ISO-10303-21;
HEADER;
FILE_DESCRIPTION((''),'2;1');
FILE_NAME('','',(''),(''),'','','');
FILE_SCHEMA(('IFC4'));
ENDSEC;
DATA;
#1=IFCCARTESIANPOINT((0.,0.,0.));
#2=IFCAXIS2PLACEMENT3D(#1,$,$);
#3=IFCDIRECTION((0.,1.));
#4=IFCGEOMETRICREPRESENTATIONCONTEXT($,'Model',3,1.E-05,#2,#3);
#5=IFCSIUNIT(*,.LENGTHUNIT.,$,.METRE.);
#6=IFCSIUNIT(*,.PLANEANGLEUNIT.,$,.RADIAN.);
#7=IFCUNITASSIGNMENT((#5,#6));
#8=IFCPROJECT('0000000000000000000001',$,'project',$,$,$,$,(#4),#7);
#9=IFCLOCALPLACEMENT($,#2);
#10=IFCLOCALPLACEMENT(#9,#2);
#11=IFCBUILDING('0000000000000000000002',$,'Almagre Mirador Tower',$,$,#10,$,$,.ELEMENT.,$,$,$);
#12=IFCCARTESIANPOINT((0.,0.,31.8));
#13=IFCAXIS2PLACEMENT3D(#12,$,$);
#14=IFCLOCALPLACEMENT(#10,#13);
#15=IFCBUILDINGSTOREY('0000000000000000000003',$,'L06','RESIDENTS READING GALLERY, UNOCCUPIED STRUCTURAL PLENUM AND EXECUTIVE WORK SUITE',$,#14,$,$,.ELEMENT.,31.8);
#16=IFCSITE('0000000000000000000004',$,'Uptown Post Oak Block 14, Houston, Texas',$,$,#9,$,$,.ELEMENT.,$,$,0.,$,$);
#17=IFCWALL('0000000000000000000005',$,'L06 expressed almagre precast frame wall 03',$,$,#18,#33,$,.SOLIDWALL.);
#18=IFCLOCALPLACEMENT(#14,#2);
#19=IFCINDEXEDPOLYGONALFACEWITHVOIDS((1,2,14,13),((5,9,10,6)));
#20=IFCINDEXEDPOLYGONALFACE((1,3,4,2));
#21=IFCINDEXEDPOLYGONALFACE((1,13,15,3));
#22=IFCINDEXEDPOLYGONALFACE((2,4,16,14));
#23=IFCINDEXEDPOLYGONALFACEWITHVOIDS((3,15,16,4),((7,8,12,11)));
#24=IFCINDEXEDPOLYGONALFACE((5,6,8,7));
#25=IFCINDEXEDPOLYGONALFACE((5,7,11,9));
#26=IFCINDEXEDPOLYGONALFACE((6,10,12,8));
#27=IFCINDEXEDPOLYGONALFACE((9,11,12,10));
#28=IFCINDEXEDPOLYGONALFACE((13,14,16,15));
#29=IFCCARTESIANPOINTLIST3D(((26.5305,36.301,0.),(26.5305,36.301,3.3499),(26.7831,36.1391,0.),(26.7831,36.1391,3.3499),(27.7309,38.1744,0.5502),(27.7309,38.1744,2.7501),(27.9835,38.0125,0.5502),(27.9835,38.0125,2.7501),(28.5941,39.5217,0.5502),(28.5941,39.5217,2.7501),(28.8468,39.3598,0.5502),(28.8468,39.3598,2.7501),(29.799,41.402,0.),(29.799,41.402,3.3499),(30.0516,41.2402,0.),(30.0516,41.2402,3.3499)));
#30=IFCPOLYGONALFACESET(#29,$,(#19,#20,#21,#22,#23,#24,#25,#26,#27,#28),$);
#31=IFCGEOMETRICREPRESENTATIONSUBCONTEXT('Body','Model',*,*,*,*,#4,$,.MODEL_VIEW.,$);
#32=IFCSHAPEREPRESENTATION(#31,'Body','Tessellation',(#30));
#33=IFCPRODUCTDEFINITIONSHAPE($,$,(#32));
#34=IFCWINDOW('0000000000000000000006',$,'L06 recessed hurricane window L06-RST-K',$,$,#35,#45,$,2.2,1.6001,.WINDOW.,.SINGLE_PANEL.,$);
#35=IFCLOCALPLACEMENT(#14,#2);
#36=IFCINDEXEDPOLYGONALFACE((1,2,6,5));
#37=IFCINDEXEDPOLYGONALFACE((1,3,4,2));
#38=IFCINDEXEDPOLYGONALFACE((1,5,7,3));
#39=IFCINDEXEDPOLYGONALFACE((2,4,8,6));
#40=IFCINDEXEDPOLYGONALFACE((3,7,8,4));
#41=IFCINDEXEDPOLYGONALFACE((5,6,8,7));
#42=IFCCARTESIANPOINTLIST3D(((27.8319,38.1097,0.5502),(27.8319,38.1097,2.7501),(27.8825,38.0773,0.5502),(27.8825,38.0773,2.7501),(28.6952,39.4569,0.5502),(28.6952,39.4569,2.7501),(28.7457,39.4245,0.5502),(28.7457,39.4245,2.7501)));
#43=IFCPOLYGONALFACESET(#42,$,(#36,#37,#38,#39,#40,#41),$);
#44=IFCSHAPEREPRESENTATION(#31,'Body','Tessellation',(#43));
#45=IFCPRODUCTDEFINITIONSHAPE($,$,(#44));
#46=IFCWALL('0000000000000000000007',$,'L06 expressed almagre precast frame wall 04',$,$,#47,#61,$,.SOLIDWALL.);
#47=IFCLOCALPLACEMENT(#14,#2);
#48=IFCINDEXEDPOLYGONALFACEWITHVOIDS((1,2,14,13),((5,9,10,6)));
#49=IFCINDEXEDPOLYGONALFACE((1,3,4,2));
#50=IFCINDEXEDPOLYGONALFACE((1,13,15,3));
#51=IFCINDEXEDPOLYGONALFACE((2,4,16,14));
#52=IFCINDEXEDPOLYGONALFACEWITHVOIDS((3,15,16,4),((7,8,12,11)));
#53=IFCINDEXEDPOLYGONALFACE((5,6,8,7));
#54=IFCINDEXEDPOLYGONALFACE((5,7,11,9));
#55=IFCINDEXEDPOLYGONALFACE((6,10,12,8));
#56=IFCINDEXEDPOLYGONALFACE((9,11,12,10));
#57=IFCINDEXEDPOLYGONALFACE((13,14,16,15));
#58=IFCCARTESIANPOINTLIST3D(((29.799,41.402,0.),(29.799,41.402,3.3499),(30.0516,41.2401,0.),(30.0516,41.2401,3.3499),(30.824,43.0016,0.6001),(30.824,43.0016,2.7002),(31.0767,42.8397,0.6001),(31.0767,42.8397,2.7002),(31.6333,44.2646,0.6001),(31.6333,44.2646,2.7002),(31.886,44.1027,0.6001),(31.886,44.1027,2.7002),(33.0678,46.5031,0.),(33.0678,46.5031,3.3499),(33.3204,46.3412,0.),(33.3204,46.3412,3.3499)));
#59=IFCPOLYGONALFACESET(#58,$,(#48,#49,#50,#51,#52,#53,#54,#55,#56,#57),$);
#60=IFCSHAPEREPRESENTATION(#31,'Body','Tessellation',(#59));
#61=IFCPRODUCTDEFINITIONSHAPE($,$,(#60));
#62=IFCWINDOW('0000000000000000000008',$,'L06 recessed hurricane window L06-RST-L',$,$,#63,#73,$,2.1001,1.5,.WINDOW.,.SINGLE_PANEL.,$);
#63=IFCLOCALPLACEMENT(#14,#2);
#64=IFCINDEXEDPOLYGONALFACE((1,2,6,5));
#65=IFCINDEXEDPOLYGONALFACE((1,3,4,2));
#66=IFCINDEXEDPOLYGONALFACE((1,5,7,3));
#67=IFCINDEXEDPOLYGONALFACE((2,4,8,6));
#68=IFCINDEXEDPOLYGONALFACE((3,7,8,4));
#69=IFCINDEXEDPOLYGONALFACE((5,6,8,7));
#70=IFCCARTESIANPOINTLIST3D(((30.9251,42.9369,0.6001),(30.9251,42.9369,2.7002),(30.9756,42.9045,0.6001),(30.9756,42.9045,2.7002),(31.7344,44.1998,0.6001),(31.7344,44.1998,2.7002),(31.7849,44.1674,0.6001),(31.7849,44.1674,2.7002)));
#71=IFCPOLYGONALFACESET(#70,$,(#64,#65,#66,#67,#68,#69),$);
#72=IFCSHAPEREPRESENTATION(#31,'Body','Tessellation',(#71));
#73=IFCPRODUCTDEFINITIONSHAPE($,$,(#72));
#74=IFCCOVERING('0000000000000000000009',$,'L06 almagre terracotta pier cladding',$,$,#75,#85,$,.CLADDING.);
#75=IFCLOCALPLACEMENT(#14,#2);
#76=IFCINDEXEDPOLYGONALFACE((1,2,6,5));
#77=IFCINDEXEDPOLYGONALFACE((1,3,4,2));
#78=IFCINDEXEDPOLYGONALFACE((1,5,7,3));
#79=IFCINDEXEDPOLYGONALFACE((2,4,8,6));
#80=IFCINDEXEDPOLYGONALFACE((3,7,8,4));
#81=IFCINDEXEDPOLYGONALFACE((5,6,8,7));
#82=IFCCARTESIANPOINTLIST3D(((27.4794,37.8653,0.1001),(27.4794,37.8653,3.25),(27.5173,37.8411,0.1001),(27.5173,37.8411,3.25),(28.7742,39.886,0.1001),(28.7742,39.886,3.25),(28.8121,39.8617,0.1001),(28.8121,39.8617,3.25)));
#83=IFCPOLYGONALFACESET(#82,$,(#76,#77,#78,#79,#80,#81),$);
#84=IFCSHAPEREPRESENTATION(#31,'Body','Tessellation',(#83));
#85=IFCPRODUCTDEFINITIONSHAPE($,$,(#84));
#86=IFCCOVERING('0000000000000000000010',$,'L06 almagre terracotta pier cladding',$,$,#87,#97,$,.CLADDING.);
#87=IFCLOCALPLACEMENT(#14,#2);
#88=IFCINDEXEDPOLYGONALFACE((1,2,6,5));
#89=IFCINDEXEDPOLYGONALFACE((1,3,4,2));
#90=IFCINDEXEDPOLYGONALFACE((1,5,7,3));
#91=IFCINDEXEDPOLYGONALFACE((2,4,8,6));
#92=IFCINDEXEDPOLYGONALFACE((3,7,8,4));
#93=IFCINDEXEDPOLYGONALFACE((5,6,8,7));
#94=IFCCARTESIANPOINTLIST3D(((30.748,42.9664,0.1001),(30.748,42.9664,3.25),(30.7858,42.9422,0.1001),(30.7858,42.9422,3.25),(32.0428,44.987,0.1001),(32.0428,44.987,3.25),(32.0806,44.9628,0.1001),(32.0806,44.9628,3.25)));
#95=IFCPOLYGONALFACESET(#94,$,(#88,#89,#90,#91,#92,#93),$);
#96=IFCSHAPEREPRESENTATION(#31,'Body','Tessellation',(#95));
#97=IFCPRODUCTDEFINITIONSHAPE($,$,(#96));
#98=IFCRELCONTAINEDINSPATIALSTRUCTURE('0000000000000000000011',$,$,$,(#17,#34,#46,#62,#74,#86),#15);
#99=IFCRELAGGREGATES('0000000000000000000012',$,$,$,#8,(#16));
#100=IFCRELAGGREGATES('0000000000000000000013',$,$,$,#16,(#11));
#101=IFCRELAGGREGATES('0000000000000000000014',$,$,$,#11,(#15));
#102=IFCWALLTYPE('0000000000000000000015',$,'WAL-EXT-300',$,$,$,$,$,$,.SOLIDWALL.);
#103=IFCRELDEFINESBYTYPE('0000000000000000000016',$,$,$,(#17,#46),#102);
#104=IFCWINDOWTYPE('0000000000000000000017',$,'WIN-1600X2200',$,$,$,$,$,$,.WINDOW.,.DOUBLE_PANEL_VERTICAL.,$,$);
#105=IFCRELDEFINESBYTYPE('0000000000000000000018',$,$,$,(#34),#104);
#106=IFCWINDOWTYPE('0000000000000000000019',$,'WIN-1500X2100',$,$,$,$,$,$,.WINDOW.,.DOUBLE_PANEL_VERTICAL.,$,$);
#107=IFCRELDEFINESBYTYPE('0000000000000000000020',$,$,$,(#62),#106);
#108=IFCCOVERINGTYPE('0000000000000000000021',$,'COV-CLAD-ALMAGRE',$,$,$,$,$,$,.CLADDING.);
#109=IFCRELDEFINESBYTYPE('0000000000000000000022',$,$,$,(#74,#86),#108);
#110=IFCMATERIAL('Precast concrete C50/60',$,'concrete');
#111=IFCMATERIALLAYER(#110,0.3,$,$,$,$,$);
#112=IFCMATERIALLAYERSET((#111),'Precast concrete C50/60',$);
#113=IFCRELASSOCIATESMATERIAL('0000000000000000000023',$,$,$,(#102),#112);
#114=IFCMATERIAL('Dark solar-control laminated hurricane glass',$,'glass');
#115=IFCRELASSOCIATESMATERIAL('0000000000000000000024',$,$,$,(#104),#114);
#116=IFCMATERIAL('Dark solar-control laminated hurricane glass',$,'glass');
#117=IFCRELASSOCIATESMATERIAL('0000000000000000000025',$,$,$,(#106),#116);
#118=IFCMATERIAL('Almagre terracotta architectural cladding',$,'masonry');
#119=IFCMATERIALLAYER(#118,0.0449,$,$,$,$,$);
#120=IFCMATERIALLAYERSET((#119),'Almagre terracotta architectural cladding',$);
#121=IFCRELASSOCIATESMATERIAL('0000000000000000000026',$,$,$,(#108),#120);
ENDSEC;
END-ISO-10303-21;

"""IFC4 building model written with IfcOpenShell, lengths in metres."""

from ifc_helpers import new_model, si_unit, direction, frame, frame_2d, origin, origin_2d, place, context, subcontext, project, spatial, rectangle, extrude, material, layer, layer_set, type_object, element, fill, save


model = new_model("IFC4")

# Units and contexts
model_context = context("Model", 3, precision=1e-05, world=origin(), true_north=direction((0.0, 1.0)))
body_context = subcontext(model_context, "Body", "Model", "MODEL_VIEW")
ifc_project = project(units=[si_unit("LENGTHUNIT", "METRE"), si_unit("PLANEANGLEUNIT", "RADIAN")], contexts=[model_context])

# Site, building, storey
site_placement = place(None, origin())
site = spatial("IfcSite", under=ifc_project, at=site_placement, Name="Uptown Post Oak Block 14, Houston, Texas", CompositionType="ELEMENT", RefElevation=0.0)
building_placement = place(site_placement, origin())
building = spatial("IfcBuilding", under=site, at=building_placement, Name="Almagre Mirador Tower", CompositionType="ELEMENT")
storey_placement = place(building_placement, frame((0.0, 0.0, 31.8)))
storey = spatial("IfcBuildingStorey", under=building, at=storey_placement, Name="L06", Description="RESIDENTS READING GALLERY, UNOCCUPIED STRUCTURAL PLENUM AND EXECUTIVE WORK SUITE", CompositionType="ELEMENT", Elevation=31.8)

# Shared definitions
ifc_material_1 = material(Name="Precast concrete C50/60", Category="concrete")
ifc_layer_1 = layer(ifc_material_1, 0.3)
ifc_layer_set_1 = layer_set([ifc_layer_1], Name="Precast concrete C50/60")
wall_type = type_object("IfcWallType", Name="WAL-EXT-300", PredefinedType="SOLIDWALL", material=ifc_layer_set_1)

# Walls, openings, windows
wall_1_placement = place(storey_placement, frame((26.6567, 36.22, 0.0), z_axis=(0.0, 0.0, 1.0), x_axis=(0.539506, 0.841981, 0.0)))
wall_1 = element("IfcWall", 1, at=wall_1_placement, inside=storey, type_object=wall_type, Name="L06 expressed almagre precast frame wall 03", PredefinedType="SOLIDWALL", context=body_context, shape_type="SweptSolid", body=[
    extrude(rectangle(XDim=6.0583, YDim=0.3, at=frame_2d((3.0293, 0.0))), origin(), (0.0, 0.0, 1.0), 3.3499),
])
opening_1_placement = place(wall_1_placement, frame((2.2251, 0.0, 0.55)))
opening_1 = element("IfcOpeningElement", 2, at=opening_1_placement, cuts=wall_1, PredefinedType="OPENING", context=body_context, shape_type="SweptSolid", body=[
    extrude(rectangle(XDim=1.6001, YDim=2.2, at=frame_2d((0.8, 1.1001))), frame((0.0, 0.1599, 0.0), z_axis=(0.0, -1.0, 0.0), x_axis=(1.0, 0.0, 0.0)), (0.0, 0.0, 1.0), 0.32),
])
ifc_material_2 = material(Name="Dark solar-control laminated hurricane glass", Category="glass")
window_type_1 = type_object("IfcWindowType", Name="WIN-1600X2200", PartitioningType="DOUBLE_PANEL_VERTICAL", PredefinedType="WINDOW", material=ifc_material_2)
window_1_placement = place(opening_1_placement, origin())
window_1 = element("IfcWindow", 3, at=window_1_placement, inside=storey, type_object=window_type_1, Name="L06 recessed hurricane window L06-RST-K", OverallHeight=2.2, OverallWidth=1.6001, PartitioningType="SINGLE_PANEL", PredefinedType="WINDOW", context=body_context, shape_type="SweptSolid", body=[
    extrude(rectangle(XDim=1.6001, YDim=2.2, at=frame_2d((0.8, 1.1001))), frame((0.0, 0.03, 0.0), z_axis=(0.0, -1.0, 0.0), x_axis=(1.0, 0.0, 0.0)), (0.0, 0.0, 1.0), 0.0601),
])
fill(opening_1, window_1)
wall_2_placement = place(storey_placement, frame((29.9253, 41.321, 0.0), z_axis=(0.0, 0.0, 1.0), x_axis=(0.539535, 0.841963, 0.0)))
wall_2 = element("IfcWall", 4, at=wall_2_placement, inside=storey, type_object=wall_type, Name="L06 expressed almagre precast frame wall 04", PredefinedType="SOLIDWALL", context=body_context, shape_type="SweptSolid", body=[
    extrude(rectangle(XDim=6.0586, YDim=0.3, at=frame_2d((3.0293, 0.0))), origin(), (0.0, 0.0, 1.0), 3.3499),
])
opening_2_placement = place(wall_2_placement, frame((1.8999, 0.0, 0.6001)))
opening_2 = element("IfcOpeningElement", 5, at=opening_2_placement, cuts=wall_2, PredefinedType="OPENING", context=body_context, shape_type="SweptSolid", body=[
    extrude(rectangle(XDim=1.5, YDim=2.1001, at=frame_2d((0.75, 1.05))), frame((0.0, 0.1599, 0.0), z_axis=(0.0, -1.0, 0.0), x_axis=(1.0, 0.0, 0.0)), (0.0, 0.0, 1.0), 0.32),
])
ifc_material_3 = material(Name="Dark solar-control laminated hurricane glass", Category="glass")
window_type_2 = type_object("IfcWindowType", Name="WIN-1500X2100", PartitioningType="DOUBLE_PANEL_VERTICAL", PredefinedType="WINDOW", material=ifc_material_3)
window_2_placement = place(opening_2_placement, origin())
window_2 = element("IfcWindow", 6, at=window_2_placement, inside=storey, type_object=window_type_2, Name="L06 recessed hurricane window L06-RST-L", OverallHeight=2.1001, OverallWidth=1.5, PartitioningType="SINGLE_PANEL", PredefinedType="WINDOW", context=body_context, shape_type="SweptSolid", body=[
    extrude(rectangle(XDim=1.5, YDim=2.1001, at=frame_2d((0.75, 1.05))), frame((0.0, 0.03, 0.0), z_axis=(0.0, -1.0, 0.0), x_axis=(1.0, 0.0, 0.0)), (0.0, 0.0, 1.0), 0.0601),
])
fill(opening_2, window_2)

# Coverings
ifc_material_4 = material(Name="Almagre terracotta architectural cladding", Category="masonry")
ifc_layer_2 = layer(ifc_material_4, 0.0449)
ifc_layer_set_2 = layer_set([ifc_layer_2], Name="Almagre terracotta architectural cladding")
covering_type = type_object("IfcCoveringType", Name="COV-CLAD-ALMAGRE", PredefinedType="CLADDING", material=ifc_layer_set_2)
for number, where, z_axis, x_axis, name in (
    (7, (28.1458, 38.8635, 0.1001), (0.0, 0.0, 1.0), (0.53952, 0.841972, 0.0), "L06 almagre terracotta pier cladding"),
    (8, (31.4143, 43.9646, 0.1001), (0.0, 0.0, 1.0), (0.539535, 0.841963, 0.0), "L06 almagre terracotta pier cladding"),
):
    element("IfcCovering", number, at=place(storey_placement, frame(where, z_axis=z_axis, x_axis=x_axis)), inside=storey, type_object=covering_type, Name=name, PredefinedType="CLADDING", context=body_context, shape_type="SweptSolid", body=[
        extrude(rectangle(XDim=2.3999, YDim=0.0449, at=origin_2d()), origin(), (0.0, 0.0, 1.0), 3.1499),
    ])

save(model, "model.ifc")
